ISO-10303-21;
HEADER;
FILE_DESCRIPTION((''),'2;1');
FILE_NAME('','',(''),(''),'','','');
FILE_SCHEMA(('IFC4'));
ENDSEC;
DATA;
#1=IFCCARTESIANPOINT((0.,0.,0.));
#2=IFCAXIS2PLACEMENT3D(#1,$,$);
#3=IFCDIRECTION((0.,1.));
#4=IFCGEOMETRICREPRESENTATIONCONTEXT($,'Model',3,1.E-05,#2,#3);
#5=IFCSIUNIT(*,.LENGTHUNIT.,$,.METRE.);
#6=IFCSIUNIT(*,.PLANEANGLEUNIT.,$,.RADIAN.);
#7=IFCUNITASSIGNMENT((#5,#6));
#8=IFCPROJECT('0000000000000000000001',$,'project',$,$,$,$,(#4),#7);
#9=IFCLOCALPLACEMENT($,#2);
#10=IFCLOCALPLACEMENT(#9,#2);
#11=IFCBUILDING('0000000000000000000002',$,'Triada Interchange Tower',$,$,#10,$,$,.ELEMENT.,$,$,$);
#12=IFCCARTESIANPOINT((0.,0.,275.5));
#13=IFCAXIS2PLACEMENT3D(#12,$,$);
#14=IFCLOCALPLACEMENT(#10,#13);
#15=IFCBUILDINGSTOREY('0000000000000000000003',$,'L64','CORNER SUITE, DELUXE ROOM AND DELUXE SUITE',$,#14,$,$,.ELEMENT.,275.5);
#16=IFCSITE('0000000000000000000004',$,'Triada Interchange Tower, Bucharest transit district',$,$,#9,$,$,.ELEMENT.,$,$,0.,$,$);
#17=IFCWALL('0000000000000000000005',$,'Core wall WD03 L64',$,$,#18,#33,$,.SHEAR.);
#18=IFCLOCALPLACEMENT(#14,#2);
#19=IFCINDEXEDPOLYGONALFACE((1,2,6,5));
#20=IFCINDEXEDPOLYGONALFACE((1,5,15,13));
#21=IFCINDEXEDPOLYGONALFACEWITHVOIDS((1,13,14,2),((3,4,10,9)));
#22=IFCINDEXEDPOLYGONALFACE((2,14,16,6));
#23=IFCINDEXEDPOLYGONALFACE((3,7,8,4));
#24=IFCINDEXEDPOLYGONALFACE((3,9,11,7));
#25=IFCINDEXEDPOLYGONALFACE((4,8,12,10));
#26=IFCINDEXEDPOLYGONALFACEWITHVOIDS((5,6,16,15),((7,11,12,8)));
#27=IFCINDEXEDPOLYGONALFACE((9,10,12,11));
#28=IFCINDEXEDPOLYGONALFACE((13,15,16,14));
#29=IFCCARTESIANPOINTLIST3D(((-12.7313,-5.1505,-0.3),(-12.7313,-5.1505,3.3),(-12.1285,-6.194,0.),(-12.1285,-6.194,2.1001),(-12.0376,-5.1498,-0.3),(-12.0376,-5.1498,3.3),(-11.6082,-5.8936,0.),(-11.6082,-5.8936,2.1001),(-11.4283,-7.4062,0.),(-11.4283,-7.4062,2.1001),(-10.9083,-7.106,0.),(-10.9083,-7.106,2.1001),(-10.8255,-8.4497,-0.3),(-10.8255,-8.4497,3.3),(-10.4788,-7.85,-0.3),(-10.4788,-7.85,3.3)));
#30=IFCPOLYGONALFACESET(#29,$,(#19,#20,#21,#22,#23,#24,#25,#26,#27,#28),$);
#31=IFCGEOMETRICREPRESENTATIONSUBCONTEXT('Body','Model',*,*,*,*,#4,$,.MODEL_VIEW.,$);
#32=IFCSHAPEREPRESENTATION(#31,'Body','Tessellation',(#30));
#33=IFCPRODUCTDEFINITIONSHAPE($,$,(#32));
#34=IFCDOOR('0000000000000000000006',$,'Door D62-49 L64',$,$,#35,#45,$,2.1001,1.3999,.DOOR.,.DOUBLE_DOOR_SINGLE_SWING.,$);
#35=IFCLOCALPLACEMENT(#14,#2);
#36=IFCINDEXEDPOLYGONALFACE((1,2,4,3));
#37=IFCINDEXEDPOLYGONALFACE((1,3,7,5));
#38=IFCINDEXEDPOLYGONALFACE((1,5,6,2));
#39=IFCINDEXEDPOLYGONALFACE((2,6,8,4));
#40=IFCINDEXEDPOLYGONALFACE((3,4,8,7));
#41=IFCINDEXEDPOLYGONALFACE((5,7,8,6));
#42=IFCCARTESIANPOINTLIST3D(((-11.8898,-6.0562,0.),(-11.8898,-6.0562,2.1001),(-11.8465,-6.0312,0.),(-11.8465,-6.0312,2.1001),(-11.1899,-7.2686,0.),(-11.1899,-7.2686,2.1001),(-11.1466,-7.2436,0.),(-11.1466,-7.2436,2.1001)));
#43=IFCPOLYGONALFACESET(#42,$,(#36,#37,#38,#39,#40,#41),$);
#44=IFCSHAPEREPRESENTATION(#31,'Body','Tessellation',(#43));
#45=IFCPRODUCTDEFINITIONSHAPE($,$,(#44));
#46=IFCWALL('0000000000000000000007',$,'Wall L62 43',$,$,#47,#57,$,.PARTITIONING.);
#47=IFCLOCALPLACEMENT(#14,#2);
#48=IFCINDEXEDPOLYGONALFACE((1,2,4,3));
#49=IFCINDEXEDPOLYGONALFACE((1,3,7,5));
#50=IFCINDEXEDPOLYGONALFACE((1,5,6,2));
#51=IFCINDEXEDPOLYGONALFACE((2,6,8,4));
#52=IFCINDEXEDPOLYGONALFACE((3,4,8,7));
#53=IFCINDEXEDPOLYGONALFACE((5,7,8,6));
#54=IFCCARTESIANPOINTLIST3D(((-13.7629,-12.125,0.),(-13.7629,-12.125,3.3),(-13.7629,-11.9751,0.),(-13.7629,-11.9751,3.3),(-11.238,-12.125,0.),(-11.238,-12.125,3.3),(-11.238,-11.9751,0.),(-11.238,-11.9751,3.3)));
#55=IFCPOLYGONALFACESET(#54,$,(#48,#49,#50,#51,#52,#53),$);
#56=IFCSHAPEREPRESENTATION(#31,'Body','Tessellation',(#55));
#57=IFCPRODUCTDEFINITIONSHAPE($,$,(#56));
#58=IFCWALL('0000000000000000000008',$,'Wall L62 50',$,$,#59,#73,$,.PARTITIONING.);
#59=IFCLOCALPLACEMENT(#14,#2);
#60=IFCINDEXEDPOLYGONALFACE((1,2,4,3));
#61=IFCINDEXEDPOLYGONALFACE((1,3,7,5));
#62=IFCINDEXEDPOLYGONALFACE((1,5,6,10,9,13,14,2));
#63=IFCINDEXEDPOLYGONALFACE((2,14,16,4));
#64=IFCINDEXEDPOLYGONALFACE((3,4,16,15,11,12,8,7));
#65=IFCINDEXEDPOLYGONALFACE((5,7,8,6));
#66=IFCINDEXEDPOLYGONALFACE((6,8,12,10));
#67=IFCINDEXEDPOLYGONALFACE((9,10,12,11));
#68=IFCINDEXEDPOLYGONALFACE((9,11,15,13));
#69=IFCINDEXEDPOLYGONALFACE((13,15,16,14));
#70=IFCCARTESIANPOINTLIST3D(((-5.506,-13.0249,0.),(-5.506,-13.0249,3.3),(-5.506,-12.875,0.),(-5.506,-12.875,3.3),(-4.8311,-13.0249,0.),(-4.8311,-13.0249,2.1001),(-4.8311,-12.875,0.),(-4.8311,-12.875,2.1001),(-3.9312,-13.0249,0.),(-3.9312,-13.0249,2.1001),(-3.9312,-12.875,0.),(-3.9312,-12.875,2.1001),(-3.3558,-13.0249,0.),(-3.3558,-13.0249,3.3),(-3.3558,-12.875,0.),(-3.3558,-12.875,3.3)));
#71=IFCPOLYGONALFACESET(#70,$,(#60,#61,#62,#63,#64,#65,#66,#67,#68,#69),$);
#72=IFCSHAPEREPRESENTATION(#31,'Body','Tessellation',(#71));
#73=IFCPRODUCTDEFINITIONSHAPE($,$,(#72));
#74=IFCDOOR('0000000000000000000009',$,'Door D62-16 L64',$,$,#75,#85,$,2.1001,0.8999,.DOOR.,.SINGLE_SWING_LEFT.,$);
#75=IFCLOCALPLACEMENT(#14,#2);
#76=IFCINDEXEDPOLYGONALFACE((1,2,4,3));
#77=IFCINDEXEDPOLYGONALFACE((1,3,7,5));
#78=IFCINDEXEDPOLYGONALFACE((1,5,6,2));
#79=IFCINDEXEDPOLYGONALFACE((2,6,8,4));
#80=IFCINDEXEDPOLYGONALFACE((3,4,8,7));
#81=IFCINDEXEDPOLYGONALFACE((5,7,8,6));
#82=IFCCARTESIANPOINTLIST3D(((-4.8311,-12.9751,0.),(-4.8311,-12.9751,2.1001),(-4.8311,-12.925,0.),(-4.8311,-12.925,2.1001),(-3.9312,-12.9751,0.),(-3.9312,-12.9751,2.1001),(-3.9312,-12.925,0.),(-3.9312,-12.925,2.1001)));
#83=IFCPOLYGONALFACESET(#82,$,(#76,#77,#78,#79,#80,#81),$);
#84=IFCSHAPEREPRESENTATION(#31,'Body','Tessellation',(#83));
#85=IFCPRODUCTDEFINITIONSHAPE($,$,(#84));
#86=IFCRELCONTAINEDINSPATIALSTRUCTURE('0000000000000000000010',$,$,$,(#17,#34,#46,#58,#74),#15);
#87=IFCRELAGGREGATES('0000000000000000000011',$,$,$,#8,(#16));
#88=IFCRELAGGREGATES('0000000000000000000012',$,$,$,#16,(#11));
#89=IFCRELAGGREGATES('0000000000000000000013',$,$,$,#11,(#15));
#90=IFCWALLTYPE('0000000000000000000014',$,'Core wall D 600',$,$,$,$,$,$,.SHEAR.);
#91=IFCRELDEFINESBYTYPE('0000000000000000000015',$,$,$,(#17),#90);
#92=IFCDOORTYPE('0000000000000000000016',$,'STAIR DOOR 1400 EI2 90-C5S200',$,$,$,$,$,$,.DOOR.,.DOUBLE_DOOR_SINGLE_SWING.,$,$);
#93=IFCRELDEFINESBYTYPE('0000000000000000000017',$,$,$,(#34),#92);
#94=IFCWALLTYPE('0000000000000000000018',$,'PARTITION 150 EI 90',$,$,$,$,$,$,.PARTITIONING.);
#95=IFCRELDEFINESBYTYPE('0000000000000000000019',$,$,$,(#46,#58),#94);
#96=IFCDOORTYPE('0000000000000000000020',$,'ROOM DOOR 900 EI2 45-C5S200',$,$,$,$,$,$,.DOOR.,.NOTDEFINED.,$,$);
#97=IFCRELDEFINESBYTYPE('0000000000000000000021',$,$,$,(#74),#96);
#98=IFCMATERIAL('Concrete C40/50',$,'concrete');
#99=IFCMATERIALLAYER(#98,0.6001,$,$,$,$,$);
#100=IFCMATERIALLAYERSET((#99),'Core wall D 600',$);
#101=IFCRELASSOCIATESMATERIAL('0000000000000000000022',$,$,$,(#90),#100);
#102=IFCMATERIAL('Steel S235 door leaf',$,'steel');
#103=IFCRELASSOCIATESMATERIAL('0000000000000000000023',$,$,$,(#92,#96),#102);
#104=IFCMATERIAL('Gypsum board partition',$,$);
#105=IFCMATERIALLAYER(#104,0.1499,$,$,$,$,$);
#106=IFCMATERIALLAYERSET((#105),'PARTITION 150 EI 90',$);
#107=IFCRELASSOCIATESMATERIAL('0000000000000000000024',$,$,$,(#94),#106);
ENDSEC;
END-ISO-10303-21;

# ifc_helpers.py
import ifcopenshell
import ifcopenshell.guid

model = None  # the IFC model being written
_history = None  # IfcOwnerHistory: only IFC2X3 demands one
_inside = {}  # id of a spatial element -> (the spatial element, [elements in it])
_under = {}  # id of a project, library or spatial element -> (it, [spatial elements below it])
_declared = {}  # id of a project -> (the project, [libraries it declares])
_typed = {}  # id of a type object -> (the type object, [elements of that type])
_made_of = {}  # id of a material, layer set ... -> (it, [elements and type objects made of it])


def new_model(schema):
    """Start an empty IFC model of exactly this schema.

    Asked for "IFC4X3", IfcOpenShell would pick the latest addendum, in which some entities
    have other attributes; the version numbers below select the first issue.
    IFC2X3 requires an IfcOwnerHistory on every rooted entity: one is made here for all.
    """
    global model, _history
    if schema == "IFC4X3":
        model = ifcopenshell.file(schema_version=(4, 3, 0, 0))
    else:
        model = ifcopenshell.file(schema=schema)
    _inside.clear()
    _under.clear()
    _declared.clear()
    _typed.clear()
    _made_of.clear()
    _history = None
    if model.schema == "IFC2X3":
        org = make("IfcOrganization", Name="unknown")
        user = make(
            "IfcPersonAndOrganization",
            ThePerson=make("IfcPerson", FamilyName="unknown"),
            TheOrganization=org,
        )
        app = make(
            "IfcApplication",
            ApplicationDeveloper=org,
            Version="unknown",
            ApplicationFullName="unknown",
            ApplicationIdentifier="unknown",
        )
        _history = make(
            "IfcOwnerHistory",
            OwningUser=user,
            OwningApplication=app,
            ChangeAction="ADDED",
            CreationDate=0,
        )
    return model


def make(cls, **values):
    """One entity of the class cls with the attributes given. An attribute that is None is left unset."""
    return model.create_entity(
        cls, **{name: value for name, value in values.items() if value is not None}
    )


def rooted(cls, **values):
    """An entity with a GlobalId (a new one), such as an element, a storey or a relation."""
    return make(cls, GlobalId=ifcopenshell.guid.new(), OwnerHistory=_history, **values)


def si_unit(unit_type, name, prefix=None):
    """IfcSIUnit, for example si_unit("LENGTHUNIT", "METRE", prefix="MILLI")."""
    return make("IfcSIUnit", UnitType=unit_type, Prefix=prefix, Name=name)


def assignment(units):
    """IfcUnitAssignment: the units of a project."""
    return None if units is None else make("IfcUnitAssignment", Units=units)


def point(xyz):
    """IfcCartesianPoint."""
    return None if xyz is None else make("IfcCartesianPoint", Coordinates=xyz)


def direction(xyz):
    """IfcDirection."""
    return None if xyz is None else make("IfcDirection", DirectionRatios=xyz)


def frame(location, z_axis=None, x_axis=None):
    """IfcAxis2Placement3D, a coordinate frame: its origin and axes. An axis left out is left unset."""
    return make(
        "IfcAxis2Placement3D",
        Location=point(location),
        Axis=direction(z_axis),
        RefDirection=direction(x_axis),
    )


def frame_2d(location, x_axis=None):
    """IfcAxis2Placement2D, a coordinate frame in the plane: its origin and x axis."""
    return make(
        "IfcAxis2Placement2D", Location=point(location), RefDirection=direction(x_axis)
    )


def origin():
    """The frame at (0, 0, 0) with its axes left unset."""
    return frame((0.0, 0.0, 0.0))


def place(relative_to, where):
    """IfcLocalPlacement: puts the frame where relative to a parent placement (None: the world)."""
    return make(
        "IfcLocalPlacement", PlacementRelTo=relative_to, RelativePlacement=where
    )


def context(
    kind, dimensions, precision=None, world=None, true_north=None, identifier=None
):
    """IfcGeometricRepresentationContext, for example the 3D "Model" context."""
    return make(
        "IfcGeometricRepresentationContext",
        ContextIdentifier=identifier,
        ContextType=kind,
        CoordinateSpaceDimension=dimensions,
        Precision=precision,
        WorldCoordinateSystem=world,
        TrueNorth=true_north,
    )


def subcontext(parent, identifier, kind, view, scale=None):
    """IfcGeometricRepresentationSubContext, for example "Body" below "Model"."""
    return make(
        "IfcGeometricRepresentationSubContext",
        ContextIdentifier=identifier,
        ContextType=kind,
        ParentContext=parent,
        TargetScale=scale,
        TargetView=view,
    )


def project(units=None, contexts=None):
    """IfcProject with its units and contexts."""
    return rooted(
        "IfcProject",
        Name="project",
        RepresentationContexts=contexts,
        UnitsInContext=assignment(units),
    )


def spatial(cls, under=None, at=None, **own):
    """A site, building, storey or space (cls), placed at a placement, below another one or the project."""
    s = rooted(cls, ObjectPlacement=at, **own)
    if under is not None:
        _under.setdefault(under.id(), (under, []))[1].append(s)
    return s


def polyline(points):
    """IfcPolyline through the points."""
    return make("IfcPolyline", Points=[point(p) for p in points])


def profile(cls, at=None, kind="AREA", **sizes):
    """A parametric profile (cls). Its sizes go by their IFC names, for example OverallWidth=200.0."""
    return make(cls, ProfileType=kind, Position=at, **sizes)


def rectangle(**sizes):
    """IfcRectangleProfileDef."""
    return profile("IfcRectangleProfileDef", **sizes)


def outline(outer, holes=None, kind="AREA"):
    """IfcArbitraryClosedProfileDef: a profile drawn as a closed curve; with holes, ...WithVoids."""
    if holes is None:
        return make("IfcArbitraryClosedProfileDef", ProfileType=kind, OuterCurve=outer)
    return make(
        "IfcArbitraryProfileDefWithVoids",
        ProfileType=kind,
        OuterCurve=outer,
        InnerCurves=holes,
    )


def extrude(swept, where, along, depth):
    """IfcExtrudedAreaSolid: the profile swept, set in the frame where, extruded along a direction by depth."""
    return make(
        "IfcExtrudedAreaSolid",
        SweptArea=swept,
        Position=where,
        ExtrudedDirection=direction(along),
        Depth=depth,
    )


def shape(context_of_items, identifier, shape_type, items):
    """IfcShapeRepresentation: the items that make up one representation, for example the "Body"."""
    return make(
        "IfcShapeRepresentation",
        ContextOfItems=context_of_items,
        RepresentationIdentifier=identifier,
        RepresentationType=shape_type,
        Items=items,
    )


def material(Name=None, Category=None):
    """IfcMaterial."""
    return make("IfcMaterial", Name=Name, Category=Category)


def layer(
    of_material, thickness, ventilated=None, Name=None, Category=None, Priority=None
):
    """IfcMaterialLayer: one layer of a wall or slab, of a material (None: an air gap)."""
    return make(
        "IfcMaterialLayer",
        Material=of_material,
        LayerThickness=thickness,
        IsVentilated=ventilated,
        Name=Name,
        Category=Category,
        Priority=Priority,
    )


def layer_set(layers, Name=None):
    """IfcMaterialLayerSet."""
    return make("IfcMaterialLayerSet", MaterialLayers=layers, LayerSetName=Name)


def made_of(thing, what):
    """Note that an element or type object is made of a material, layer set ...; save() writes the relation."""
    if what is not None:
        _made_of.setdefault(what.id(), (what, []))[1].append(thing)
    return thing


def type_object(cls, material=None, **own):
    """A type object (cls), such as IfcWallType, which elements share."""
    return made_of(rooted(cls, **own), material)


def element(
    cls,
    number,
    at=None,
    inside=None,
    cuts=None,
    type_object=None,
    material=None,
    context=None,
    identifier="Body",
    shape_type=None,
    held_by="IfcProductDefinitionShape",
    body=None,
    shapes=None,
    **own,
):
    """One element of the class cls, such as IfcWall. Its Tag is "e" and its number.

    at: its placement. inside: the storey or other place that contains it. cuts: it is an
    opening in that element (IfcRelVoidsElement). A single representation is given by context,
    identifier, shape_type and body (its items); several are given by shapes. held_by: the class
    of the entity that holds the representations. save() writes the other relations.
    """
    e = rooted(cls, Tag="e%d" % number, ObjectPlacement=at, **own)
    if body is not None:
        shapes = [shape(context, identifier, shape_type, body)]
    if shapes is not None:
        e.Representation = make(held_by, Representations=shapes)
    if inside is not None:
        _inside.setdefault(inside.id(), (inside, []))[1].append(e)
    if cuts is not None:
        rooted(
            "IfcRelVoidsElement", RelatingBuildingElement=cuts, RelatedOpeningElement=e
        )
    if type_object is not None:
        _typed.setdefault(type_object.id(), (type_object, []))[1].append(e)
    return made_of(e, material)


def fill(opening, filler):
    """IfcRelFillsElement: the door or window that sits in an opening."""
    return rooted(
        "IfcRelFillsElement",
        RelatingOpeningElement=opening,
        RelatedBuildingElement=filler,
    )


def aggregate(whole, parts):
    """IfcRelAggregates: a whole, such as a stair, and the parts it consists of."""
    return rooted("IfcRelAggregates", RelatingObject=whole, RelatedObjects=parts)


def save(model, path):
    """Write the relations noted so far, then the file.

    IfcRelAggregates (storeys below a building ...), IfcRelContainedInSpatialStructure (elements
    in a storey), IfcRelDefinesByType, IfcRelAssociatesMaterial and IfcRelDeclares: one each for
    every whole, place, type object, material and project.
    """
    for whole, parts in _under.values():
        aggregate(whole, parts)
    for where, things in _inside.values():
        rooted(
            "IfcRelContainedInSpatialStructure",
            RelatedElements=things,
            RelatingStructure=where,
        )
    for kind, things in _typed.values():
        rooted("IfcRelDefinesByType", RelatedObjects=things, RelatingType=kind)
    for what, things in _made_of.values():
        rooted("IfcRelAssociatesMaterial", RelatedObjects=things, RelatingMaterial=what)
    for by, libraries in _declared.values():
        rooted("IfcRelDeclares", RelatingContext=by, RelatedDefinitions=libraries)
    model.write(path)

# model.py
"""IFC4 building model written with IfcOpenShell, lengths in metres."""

from ifc_helpers import new_model, si_unit, direction, frame, frame_2d, origin, place, context, subcontext, project, spatial, polyline, rectangle, outline, extrude, material, layer, layer_set, type_object, element, fill, save


model = new_model("IFC4")

# Units and contexts
model_context = context("Model", 3, precision=1e-05, world=origin(), true_north=direction((0.0, 1.0)))
body_context = subcontext(model_context, "Body", "Model", "MODEL_VIEW")
ifc_project = project(units=[si_unit("LENGTHUNIT", "METRE"), si_unit("PLANEANGLEUNIT", "RADIAN")], contexts=[model_context])

# Site, building, storey
site_placement = place(None, origin())
site = spatial("IfcSite", under=ifc_project, at=site_placement, Name="Triada Interchange Tower, Bucharest transit district", CompositionType="ELEMENT", RefElevation=0.0)
building_placement = place(site_placement, origin())
building = spatial("IfcBuilding", under=site, at=building_placement, Name="Triada Interchange Tower", CompositionType="ELEMENT")
storey_placement = place(building_placement, frame((0.0, 0.0, 275.5)))
storey = spatial("IfcBuildingStorey", under=building, at=storey_placement, Name="L64", Description="CORNER SUITE, DELUXE ROOM AND DELUXE SUITE", CompositionType="ELEMENT", Elevation=275.5)

# Shared definitions
ifc_material_1 = material(Name="Steel S235 door leaf", Category="steel")

# Wall, opening, door
ifc_material_2 = material(Name="Concrete C40/50", Category="concrete")
ifc_layer_1 = layer(ifc_material_2, 0.6001)
ifc_layer_set_1 = layer_set([ifc_layer_1], Name="Core wall D 600")
wall_type_1 = type_object("IfcWallType", Name="Core wall D 600", PredefinedType="SHEAR", material=ifc_layer_set_1)
wall_1_placement = place(storey_placement, frame((-12.384, -5.1499, -0.3), z_axis=(0.0, 0.0, 1.0), x_axis=(0.499975, -0.86604, 0.0)))
wall_1 = element("IfcWall", 1, at=wall_1_placement, inside=storey, type_object=wall_type_1, Name="Core wall WD03 L64", PredefinedType="SHEAR", context=body_context, shape_type="SweptSolid", body=[
    extrude(outline(polyline([(-0.1731, -0.301), (1.7319, -0.3005), (3.637, -0.3), (3.291, 0.3), (1.7319, 0.3), (0.1731, 0.3), (-0.1731, -0.301)])), origin(), (0.0, 0.0, 1.0), 3.6001),
])
opening_1_placement = place(wall_1_placement, frame((1.032, 0.0, 0.3)))
opening_1 = element("IfcOpeningElement", 2, at=opening_1_placement, cuts=wall_1, PredefinedType="OPENING", context=body_context, shape_type="SweptSolid", body=[
    extrude(rectangle(XDim=1.3999, YDim=2.1001, at=frame_2d((0.7, 1.05))), frame((0.0, 0.3101, 0.0), z_axis=(0.0, -1.0, 0.0), x_axis=(1.0, 0.0, 0.0)), (0.0, 0.0, 1.0), 0.6211),
])
door_type_1 = type_object("IfcDoorType", Name="STAIR DOOR 1400 EI2 90-C5S200", OperationType="DOUBLE_DOOR_SINGLE_SWING", PredefinedType="DOOR", material=ifc_material_1)
door_1_placement = place(opening_1_placement, origin())
door_1 = element("IfcDoor", 3, at=door_1_placement, inside=storey, type_object=door_type_1, Name="Door D62-49 L64", OperationType="DOUBLE_DOOR_SINGLE_SWING", OverallHeight=2.1001, OverallWidth=1.3999, PredefinedType="DOOR", context=body_context, shape_type="SweptSolid", body=[
    extrude(rectangle(XDim=1.3999, YDim=2.1001, at=frame_2d((0.7, 1.05))), frame((0.0, 0.0249, 0.0), z_axis=(0.0, -1.0, 0.0), x_axis=(1.0, 0.0, 0.0)), (0.0, 0.0, 1.0), 0.05),
])
fill(opening_1, door_1)

# Wall
ifc_material_3 = material(Name="Gypsum board partition")
ifc_layer_2 = layer(ifc_material_3, 0.1499)
ifc_layer_set_2 = layer_set([ifc_layer_2], Name="PARTITION 150 EI 90")
wall_type_2 = type_object("IfcWallType", Name="PARTITION 150 EI 90", PredefinedType="PARTITIONING", material=ifc_layer_set_2)
wall_2_placement = place(storey_placement, frame((-13.7629, -12.05, 0.0), z_axis=(0.0, 0.0, 1.0), x_axis=(1.0, 0.0, 0.0)))
element("IfcWall", 4, at=wall_2_placement, inside=storey, type_object=wall_type_2, Name="Wall L62 43", PredefinedType="PARTITIONING", context=body_context, shape_type="SweptSolid", body=[
    extrude(rectangle(XDim=2.5249, YDim=0.1499, at=frame_2d((1.2625, 0.0))), origin(), (0.0, 0.0, 1.0), 3.3),
])

# Wall, opening, door
wall_3_placement = place(storey_placement, frame((-5.5061, -12.95, 0.0), z_axis=(0.0, 0.0, 1.0), x_axis=(1.0, 0.0, 0.0)))
wall_3 = element("IfcWall", 5, at=wall_3_placement, inside=storey, type_object=wall_type_2, Name="Wall L62 50", PredefinedType="PARTITIONING", context=body_context, shape_type="SweptSolid", body=[
    extrude(rectangle(XDim=2.1501, YDim=0.1499, at=frame_2d((1.0752, 0.0))), origin(), (0.0, 0.0, 1.0), 3.3),
])
opening_2_placement = place(wall_3_placement, frame((0.675, 0.0, 0.0)))
opening_2 = element("IfcOpeningElement", 6, at=opening_2_placement, cuts=wall_3, PredefinedType="OPENING", context=body_context, shape_type="SweptSolid", body=[
    extrude(rectangle(XDim=0.8999, YDim=2.1001, at=frame_2d((0.45, 1.05))), frame((0.0, 0.085, 0.0), z_axis=(0.0, -1.0, 0.0), x_axis=(1.0, 0.0, 0.0)), (0.0, 0.0, 1.0), 0.1699),
])
door_type_2 = type_object("IfcDoorType", Name="ROOM DOOR 900 EI2 45-C5S200", OperationType="NOTDEFINED", PredefinedType="DOOR", material=ifc_material_1)
door_2_placement = place(opening_2_placement, origin())
door_2 = element("IfcDoor", 7, at=door_2_placement, inside=storey, type_object=door_type_2, Name="Door D62-16 L64", OperationType="SINGLE_SWING_LEFT", OverallHeight=2.1001, OverallWidth=0.8999, PredefinedType="DOOR", context=body_context, shape_type="SweptSolid", body=[
    extrude(rectangle(XDim=0.8999, YDim=2.1001, at=frame_2d((0.45, 1.05))), frame((0.0, 0.0249, 0.0), z_axis=(0.0, -1.0, 0.0), x_axis=(1.0, 0.0, 0.0)), (0.0, 0.0, 1.0), 0.05),
])
fill(opening_2, door_2)

save(model, "model.ifc")
